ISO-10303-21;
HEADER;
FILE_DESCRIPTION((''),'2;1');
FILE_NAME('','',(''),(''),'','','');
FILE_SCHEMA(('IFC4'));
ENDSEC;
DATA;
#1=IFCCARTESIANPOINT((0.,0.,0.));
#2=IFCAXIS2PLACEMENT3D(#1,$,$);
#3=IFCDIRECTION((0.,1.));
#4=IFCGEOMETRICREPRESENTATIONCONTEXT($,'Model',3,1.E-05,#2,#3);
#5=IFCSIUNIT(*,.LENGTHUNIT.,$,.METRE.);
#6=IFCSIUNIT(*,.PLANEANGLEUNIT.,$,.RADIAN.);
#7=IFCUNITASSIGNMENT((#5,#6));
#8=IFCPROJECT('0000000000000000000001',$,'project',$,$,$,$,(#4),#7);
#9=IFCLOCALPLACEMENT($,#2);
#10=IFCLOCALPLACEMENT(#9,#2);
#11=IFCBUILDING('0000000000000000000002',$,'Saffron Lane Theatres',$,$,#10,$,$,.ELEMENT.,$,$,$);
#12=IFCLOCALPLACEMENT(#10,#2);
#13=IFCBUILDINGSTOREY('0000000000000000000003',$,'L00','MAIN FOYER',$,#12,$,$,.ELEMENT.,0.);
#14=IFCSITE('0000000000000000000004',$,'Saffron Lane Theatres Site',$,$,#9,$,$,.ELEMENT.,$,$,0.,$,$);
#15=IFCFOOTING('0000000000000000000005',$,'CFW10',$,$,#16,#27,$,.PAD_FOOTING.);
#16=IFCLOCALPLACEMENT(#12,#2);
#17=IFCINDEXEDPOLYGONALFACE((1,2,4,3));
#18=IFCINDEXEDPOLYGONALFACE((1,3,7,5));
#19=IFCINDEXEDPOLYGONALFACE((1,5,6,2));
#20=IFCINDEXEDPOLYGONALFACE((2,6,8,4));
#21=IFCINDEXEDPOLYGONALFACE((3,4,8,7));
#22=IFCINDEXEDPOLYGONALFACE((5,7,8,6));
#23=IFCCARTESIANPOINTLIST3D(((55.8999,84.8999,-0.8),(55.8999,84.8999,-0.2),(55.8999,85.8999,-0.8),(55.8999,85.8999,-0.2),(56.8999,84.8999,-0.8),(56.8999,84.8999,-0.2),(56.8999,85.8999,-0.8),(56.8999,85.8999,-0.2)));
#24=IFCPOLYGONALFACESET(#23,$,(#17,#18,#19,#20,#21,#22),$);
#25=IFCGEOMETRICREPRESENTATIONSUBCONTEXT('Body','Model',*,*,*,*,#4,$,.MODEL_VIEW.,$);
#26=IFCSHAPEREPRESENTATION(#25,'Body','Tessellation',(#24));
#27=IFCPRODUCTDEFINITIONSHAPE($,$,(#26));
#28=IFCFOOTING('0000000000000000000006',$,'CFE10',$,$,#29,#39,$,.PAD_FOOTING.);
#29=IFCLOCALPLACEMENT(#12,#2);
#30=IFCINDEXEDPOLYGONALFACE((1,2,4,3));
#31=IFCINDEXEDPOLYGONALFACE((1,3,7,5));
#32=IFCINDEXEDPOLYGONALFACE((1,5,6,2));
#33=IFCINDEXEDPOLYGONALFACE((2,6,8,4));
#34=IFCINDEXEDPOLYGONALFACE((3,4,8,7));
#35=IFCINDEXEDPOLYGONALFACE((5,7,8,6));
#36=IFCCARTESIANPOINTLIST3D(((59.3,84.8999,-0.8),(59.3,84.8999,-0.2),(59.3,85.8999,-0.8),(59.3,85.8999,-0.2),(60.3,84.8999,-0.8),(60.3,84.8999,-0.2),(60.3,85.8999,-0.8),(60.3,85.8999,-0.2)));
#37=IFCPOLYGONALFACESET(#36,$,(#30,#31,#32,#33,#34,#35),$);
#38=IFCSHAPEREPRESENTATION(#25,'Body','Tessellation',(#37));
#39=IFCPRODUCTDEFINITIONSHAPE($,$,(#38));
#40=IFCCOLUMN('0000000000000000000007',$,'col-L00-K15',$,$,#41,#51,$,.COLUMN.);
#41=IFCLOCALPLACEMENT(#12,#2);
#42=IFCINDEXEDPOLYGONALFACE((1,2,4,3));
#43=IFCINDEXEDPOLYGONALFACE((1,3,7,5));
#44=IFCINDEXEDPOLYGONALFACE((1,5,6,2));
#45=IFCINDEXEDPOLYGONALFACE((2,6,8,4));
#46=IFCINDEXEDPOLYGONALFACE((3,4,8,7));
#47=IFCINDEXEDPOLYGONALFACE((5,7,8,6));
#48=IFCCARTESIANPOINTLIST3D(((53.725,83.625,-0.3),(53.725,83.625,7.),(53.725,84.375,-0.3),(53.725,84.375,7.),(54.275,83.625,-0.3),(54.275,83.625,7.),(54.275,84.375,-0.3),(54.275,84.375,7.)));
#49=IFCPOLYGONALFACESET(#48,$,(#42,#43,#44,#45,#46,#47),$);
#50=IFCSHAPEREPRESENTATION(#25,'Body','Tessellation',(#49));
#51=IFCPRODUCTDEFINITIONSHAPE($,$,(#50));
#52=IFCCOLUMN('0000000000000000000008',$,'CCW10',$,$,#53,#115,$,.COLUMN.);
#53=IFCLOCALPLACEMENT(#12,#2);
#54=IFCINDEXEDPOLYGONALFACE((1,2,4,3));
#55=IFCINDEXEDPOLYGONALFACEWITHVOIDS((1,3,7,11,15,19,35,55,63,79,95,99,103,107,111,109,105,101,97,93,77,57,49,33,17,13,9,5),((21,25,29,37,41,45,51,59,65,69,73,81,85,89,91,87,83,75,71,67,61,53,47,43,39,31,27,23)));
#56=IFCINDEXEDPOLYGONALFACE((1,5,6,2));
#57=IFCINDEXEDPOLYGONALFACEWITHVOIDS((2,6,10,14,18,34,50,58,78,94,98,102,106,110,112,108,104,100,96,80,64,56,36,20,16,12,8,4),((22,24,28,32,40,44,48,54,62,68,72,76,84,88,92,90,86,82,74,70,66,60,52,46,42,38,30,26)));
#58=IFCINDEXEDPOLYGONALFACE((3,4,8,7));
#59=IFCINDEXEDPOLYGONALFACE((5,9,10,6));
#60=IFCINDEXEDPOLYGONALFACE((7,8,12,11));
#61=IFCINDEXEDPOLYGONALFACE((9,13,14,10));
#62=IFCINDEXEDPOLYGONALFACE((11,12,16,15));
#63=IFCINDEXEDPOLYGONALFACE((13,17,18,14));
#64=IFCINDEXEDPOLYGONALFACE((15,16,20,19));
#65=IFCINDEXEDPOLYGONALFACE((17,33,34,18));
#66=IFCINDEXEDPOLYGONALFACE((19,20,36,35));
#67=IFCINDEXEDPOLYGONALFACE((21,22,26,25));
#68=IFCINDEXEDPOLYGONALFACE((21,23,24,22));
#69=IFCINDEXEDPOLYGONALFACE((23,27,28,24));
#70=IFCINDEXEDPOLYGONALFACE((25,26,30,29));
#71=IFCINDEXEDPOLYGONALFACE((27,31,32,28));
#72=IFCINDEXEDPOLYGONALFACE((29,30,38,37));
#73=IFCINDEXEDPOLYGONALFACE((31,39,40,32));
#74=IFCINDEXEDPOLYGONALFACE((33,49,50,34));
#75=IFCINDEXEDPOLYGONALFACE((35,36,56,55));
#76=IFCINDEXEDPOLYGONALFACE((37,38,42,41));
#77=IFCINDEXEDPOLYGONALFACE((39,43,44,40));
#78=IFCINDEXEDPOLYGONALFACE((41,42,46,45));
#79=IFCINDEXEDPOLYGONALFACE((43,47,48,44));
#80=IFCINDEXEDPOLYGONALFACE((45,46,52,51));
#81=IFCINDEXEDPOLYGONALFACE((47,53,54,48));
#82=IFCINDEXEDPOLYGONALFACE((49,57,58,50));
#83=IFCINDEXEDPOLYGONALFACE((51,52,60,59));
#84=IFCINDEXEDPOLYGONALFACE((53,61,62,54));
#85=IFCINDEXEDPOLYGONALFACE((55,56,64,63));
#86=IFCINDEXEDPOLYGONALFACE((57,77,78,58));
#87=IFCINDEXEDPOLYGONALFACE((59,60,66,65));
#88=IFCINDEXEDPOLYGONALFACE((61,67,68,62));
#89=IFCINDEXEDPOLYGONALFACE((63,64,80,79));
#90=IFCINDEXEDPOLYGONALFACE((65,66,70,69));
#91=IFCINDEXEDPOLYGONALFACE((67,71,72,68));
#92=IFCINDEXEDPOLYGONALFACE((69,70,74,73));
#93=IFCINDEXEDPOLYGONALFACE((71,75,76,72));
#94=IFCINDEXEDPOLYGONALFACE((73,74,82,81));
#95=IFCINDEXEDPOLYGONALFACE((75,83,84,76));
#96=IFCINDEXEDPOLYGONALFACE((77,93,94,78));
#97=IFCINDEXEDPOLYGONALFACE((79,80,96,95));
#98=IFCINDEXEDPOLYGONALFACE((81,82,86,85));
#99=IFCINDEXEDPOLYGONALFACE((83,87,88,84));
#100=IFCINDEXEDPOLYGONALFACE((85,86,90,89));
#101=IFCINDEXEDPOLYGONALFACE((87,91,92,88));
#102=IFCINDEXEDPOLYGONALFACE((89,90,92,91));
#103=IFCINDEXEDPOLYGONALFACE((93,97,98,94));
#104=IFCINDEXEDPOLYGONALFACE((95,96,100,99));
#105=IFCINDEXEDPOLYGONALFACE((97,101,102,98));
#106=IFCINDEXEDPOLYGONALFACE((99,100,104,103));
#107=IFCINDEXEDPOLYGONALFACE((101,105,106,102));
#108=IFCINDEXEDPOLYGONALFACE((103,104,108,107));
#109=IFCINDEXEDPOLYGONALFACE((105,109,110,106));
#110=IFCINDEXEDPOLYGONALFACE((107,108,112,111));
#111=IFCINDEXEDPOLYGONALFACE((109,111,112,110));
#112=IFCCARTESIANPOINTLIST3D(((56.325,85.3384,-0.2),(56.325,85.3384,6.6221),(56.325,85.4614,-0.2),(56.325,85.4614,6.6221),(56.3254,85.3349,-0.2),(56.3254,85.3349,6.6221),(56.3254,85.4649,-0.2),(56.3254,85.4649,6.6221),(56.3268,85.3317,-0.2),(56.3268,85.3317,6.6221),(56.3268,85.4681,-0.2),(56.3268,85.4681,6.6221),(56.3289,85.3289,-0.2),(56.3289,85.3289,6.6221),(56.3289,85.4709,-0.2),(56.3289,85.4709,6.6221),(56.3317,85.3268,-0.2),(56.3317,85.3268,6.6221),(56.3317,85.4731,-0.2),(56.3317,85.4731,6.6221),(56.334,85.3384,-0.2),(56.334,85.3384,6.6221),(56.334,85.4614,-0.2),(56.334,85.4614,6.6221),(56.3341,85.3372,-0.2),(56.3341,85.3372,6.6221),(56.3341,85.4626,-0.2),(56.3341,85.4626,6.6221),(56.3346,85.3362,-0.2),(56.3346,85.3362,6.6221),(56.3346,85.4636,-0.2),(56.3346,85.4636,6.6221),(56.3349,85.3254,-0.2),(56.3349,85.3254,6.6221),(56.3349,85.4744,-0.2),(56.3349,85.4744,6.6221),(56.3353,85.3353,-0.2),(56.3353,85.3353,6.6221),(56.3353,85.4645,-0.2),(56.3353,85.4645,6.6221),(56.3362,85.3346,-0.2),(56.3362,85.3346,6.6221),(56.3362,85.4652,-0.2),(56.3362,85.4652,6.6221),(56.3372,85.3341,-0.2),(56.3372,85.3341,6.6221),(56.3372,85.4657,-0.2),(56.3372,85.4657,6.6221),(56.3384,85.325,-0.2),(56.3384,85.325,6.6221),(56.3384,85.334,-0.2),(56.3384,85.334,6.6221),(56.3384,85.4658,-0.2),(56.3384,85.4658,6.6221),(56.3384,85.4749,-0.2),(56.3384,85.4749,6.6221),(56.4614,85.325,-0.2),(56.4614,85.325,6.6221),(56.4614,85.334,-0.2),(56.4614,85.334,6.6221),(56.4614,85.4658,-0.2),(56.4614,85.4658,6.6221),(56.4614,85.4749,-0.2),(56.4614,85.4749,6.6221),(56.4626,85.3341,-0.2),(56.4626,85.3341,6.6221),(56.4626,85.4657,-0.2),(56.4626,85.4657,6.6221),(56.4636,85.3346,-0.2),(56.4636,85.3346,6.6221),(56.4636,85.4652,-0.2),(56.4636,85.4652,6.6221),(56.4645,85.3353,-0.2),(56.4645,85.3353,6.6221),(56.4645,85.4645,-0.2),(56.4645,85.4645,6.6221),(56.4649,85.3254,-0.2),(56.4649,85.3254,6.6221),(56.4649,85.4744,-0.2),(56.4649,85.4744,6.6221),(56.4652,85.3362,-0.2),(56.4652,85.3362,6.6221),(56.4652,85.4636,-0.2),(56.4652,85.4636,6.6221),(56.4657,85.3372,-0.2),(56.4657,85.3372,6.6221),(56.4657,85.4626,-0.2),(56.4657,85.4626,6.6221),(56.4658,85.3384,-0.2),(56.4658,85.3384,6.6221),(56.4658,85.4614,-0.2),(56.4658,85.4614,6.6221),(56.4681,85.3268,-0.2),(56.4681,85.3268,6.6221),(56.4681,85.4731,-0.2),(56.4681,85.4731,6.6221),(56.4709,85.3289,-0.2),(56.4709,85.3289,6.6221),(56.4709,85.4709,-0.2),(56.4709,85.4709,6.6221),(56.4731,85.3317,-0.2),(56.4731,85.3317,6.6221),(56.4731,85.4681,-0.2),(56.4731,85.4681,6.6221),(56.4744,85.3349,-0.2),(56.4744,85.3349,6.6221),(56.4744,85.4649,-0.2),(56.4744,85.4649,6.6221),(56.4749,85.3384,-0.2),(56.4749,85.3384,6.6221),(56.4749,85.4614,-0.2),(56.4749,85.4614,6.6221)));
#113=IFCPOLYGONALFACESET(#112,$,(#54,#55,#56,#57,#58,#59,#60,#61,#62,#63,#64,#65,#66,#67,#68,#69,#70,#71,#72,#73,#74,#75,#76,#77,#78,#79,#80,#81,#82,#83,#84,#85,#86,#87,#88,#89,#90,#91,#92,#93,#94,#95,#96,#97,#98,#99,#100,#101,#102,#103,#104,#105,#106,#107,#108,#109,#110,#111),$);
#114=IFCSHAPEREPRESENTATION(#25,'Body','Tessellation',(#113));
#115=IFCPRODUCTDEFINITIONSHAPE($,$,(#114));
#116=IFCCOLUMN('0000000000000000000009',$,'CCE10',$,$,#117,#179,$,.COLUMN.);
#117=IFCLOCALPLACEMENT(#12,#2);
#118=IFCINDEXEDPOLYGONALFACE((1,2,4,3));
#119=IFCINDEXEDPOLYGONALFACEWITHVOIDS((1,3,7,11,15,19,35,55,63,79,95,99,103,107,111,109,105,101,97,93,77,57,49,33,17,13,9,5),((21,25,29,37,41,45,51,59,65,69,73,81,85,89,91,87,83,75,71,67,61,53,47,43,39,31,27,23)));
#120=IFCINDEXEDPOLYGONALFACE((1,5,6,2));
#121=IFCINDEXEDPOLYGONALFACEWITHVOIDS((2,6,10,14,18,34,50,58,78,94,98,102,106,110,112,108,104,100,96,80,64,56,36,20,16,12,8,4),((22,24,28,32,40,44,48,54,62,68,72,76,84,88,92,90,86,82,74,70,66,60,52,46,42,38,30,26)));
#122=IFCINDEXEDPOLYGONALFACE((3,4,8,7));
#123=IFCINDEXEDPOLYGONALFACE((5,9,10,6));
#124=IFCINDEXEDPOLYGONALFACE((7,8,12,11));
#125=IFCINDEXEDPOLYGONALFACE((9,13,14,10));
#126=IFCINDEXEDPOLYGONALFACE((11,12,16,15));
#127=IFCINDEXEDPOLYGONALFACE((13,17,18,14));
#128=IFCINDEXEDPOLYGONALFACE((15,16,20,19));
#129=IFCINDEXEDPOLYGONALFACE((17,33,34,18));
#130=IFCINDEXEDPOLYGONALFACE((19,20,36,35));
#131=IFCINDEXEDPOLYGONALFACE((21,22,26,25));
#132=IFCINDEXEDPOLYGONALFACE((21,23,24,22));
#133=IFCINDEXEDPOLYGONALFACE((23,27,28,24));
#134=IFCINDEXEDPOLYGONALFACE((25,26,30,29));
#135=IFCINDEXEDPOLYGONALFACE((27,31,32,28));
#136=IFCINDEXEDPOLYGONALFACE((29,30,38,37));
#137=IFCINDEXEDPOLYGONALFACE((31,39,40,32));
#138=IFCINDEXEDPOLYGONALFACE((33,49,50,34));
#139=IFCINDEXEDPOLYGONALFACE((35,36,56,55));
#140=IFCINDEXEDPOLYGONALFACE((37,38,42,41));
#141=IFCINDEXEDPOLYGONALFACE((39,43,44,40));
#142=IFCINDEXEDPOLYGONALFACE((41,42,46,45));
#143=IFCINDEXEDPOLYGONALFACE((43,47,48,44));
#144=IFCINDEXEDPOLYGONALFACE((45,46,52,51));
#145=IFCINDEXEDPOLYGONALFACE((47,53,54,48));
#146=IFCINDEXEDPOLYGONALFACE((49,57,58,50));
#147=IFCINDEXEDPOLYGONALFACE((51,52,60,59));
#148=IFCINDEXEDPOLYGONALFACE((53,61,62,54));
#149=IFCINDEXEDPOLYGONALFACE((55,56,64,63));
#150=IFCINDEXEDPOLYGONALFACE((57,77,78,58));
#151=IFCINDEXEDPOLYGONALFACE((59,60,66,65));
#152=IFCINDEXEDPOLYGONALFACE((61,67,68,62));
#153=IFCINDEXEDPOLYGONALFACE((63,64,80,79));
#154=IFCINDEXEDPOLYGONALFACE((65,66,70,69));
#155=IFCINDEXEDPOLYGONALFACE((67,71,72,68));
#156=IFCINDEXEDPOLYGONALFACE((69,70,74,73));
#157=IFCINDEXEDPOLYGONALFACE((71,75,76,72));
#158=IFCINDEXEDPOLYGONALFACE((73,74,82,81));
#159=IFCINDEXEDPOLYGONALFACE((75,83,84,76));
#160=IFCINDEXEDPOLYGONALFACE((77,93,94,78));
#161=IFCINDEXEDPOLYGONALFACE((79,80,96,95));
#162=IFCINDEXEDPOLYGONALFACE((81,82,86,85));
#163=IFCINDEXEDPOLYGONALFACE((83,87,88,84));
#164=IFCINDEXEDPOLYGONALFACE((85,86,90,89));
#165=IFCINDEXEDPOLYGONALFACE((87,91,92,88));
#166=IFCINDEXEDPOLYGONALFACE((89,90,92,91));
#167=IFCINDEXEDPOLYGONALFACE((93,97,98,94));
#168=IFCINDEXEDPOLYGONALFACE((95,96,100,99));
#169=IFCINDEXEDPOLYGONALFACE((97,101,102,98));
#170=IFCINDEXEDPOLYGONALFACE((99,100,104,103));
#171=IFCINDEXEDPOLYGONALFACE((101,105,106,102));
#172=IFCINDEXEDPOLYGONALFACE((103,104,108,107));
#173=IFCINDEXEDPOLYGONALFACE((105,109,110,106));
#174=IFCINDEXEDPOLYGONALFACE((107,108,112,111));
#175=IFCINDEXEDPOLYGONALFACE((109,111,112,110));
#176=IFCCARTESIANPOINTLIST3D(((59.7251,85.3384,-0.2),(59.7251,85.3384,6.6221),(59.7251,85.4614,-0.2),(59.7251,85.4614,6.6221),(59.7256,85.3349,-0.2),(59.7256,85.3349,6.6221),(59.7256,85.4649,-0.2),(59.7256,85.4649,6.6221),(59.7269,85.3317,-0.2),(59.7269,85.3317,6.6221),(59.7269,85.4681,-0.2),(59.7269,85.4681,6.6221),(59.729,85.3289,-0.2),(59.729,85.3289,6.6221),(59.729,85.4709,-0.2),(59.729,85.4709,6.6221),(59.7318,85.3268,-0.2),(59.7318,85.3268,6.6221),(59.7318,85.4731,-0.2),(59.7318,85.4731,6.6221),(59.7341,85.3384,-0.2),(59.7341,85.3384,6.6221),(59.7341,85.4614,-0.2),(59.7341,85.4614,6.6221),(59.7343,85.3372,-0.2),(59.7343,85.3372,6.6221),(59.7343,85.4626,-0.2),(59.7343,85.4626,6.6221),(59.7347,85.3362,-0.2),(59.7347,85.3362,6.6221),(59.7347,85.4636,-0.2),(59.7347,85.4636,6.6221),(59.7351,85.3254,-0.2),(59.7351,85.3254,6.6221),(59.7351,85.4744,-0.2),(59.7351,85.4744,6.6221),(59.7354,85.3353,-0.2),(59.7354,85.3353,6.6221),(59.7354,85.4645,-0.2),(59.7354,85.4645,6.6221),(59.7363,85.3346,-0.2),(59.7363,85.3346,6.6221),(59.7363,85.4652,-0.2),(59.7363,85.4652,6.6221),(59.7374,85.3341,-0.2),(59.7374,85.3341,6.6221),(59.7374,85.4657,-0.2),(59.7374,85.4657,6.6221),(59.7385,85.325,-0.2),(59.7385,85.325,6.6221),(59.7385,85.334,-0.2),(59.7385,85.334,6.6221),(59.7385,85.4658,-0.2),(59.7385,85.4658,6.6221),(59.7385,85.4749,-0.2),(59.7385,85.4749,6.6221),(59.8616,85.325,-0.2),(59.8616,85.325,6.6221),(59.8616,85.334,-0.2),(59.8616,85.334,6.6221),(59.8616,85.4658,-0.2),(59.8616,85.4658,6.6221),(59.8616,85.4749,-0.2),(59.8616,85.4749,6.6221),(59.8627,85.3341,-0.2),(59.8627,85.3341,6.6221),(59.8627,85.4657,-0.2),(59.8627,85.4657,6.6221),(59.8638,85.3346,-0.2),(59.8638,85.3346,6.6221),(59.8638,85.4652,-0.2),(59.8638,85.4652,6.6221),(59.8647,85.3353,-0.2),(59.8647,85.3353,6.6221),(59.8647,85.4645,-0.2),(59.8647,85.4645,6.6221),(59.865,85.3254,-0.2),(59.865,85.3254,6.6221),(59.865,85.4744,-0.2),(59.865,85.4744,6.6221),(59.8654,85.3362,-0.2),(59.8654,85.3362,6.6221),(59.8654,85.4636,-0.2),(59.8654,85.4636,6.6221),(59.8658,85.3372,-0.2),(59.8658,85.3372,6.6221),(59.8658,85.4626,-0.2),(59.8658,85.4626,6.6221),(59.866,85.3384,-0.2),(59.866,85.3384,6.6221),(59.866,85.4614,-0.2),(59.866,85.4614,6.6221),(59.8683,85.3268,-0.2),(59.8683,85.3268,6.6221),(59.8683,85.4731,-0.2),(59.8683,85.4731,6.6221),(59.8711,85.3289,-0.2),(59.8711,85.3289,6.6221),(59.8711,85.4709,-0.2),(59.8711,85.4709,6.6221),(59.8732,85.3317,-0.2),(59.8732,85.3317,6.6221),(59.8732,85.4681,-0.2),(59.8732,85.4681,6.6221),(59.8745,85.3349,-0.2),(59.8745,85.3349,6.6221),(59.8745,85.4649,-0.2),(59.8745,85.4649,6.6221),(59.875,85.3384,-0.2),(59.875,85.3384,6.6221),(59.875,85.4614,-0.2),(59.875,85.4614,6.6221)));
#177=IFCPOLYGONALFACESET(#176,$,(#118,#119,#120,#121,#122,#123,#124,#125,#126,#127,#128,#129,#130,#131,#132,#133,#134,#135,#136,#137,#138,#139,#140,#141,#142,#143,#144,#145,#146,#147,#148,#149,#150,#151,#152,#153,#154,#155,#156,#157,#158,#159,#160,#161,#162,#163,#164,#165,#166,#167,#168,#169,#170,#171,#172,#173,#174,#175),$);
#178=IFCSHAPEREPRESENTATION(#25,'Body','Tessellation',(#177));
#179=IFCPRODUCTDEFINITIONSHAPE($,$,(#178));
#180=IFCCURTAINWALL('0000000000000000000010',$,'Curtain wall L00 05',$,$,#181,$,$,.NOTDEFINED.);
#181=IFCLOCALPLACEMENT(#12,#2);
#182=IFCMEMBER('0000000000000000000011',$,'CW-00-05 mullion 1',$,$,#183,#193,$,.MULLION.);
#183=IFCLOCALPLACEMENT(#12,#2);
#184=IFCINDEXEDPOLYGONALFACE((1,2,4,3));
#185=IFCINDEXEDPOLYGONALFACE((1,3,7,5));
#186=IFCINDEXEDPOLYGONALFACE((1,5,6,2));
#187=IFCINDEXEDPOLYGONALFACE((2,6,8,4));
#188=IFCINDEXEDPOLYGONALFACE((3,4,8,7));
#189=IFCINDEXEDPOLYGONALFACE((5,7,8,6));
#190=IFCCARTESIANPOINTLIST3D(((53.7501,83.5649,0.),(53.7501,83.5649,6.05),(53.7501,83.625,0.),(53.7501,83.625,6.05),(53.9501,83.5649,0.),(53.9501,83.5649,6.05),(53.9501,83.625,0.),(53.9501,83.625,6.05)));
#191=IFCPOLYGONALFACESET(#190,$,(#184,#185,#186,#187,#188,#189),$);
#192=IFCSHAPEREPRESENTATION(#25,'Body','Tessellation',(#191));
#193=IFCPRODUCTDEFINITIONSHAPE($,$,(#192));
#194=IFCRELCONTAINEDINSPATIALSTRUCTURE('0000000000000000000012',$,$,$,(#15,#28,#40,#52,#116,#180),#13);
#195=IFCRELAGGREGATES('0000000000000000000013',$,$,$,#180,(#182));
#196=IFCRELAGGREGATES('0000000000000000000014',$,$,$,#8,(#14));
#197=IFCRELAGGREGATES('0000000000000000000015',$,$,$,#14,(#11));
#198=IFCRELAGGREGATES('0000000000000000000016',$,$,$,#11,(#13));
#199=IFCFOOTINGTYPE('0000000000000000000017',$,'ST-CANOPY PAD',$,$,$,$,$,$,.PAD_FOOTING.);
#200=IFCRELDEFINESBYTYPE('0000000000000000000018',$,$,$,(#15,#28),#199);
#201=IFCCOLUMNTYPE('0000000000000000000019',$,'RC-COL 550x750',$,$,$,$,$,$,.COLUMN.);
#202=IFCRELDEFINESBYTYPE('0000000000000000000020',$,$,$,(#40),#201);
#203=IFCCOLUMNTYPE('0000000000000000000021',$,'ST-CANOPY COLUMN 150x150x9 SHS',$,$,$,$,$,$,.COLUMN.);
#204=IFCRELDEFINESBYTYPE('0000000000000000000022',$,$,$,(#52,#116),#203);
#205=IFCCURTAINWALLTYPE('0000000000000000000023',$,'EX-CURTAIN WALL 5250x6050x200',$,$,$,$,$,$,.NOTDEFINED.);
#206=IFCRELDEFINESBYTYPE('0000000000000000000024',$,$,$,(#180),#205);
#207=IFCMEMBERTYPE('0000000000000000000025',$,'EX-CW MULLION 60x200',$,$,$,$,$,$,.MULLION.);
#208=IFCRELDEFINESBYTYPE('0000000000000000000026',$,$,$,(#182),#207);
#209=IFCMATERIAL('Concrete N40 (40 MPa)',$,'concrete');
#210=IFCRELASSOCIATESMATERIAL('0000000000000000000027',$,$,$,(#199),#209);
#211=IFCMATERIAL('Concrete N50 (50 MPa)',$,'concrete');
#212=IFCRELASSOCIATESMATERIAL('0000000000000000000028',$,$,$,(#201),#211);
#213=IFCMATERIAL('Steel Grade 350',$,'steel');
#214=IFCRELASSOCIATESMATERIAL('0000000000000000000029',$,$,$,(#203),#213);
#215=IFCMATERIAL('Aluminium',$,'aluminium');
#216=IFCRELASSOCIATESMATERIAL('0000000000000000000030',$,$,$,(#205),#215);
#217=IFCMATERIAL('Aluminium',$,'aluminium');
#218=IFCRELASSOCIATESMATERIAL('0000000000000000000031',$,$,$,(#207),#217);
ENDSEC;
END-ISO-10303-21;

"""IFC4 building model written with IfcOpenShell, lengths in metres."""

from ifc_helpers import new_model, si_unit, direction, frame, origin, origin_2d, place, context, subcontext, project, spatial, rectangle, hollow_rectangle, extrude, material, material_profile, profile_set, type_object, element, aggregate, save


model = new_model("IFC4")

# Units and contexts
model_context = context("Model", 3, precision=1e-05, world=origin(), true_north=direction((0.0, 1.0)))
body_context = subcontext(model_context, "Body", "Model", "MODEL_VIEW")
ifc_project = project(units=[si_unit("LENGTHUNIT", "METRE"), si_unit("PLANEANGLEUNIT", "RADIAN")], contexts=[model_context])

# Site, building, storey
site_placement = place(None, origin())
site = spatial("IfcSite", under=ifc_project, at=site_placement, Name="Saffron Lane Theatres Site", CompositionType="ELEMENT", RefElevation=0.0)
building_placement = place(site_placement, origin())
building = spatial("IfcBuilding", under=site, at=building_placement, Name="Saffron Lane Theatres", CompositionType="ELEMENT")
storey_placement = place(building_placement, origin())
storey = spatial("IfcBuildingStorey", under=building, at=storey_placement, Name="L00", Description="MAIN FOYER", CompositionType="ELEMENT", Elevation=0.0)

# Footings
ifc_material_1 = material(Name="Concrete N40 (40 MPa)", Category="concrete")
footing_type = type_object("IfcFootingType", Name="ST-CANOPY PAD", PredefinedType="PAD_FOOTING", material=ifc_material_1)
for number, where, z_axis, x_axis, name in (
    (1, (56.3999, 85.3999, -0.8), (0.0, 0.0, 1.0), (1.0, 0.0, 0.0), "CFW10"),
    (2, (59.8, 85.3999, -0.8), (0.0, 0.0, 1.0), (1.0, 0.0, 0.0), "CFE10"),
):
    element("IfcFooting", number, at=place(storey_placement, frame(where, z_axis=z_axis, x_axis=x_axis)), inside=storey, type_object=footing_type, Name=name, PredefinedType="PAD_FOOTING", context=body_context, shape_type="SweptSolid", body=[
        extrude(rectangle(XDim=1.0, YDim=1.0, at=origin_2d()), origin(), (0.0, 0.0, 1.0), 0.6001),
    ])

# Columns
ifc_material_2 = material(Name="Concrete N50 (50 MPa)", Category="concrete")
ifc_material_profile_1 = material_profile(ifc_material_2, rectangle(XDim=0.55, YDim=0.75, at=origin_2d()))
ifc_profile_set_1 = profile_set([ifc_material_profile_1], Name="Concrete N50 (50 MPa)")
column_type_1 = type_object("IfcColumnType", Name="RC-COL 550x750", PredefinedType="COLUMN", material=ifc_profile_set_1)
column_placement = place(storey_placement, frame((54.0, 84.0, -0.3), z_axis=(0.0, 0.0, 1.0), x_axis=(1.0, 0.0, 0.0)))
element("IfcColumn", 3, at=column_placement, inside=storey, type_object=column_type_1, Name="col-L00-K15", PredefinedType="COLUMN", context=body_context, shape_type="SweptSolid", body=[
    extrude(rectangle(XDim=0.55, YDim=0.75, at=origin_2d()), origin(), (0.0, 0.0, 1.0), 7.3),
])
ifc_material_3 = material(Name="Steel Grade 350", Category="steel")
ifc_material_profile_2 = material_profile(ifc_material_3, hollow_rectangle(XDim=0.1499, YDim=0.1499, WallThickness=0.009, InnerFilletRadius=0.0044, OuterFilletRadius=0.0134, at=origin_2d()))
ifc_profile_set_2 = profile_set([ifc_material_profile_2], Name="Steel Grade 350")
column_type_2 = type_object("IfcColumnType", Name="ST-CANOPY COLUMN 150x150x9 SHS", PredefinedType="COLUMN", material=ifc_profile_set_2)
for number, where, z_axis, x_axis, name in (
    (4, (56.3999, 85.3999, -0.2), (0.0, 0.0, 1.0), (1.0, 0.0, 0.0), "CCW10"),
    (5, (59.8, 85.3999, -0.2), (0.0, 0.0, 1.0), (1.0, 0.0, 0.0), "CCE10"),
):
    element("IfcColumn", number, at=place(storey_placement, frame(where, z_axis=z_axis, x_axis=x_axis)), inside=storey, type_object=column_type_2, Name=name, PredefinedType="COLUMN", context=body_context, shape_type="SweptSolid", body=[
        extrude(hollow_rectangle(XDim=0.1499, YDim=0.1499, WallThickness=0.009, InnerFilletRadius=0.0044, OuterFilletRadius=0.0134, at=origin_2d()), origin(), (0.0, 0.0, 1.0), 6.822),
    ])

# Curtain wall, member
ifc_material_4 = material(Name="Aluminium", Category="aluminium")
curtain_wall_type = type_object("IfcCurtainWallType", Name="EX-CURTAIN WALL 5250x6050x200", PredefinedType="NOTDEFINED", material=ifc_material_4)
curtain_wall_placement = place(storey_placement, origin())
curtain_wall = element("IfcCurtainWall", 6, at=curtain_wall_placement, inside=storey, type_object=curtain_wall_type, Name="Curtain wall L00 05", PredefinedType="NOTDEFINED")
ifc_material_5 = material(Name="Aluminium", Category="aluminium")
ifc_material_profile_3 = material_profile(ifc_material_5, rectangle(XDim=0.0601, YDim=0.2, at=origin_2d()))
ifc_profile_set_3 = profile_set([ifc_material_profile_3], Name="Aluminium")
member_type_1 = type_object("IfcMemberType", Name="EX-CW MULLION 60x200", PredefinedType="MULLION", material=ifc_profile_set_3)
member_1_placement = place(storey_placement, frame((53.8501, 83.595, 0.0), z_axis=(0.0, 0.0, 1.0), x_axis=(0.0, -1.0, 0.0)))
member_1 = element("IfcMember", 7, at=member_1_placement, type_object=member_type_1, Name="CW-00-05 mullion 1", PredefinedType="MULLION", context=body_context, shape_type="SweptSolid", body=[
    extrude(rectangle(XDim=0.0601, YDim=0.2, at=origin_2d()), origin(), (0.0, 0.0, 1.0), 6.05),
])
aggregate(curtain_wall, [member_1])

save(model, "model.ifc")
